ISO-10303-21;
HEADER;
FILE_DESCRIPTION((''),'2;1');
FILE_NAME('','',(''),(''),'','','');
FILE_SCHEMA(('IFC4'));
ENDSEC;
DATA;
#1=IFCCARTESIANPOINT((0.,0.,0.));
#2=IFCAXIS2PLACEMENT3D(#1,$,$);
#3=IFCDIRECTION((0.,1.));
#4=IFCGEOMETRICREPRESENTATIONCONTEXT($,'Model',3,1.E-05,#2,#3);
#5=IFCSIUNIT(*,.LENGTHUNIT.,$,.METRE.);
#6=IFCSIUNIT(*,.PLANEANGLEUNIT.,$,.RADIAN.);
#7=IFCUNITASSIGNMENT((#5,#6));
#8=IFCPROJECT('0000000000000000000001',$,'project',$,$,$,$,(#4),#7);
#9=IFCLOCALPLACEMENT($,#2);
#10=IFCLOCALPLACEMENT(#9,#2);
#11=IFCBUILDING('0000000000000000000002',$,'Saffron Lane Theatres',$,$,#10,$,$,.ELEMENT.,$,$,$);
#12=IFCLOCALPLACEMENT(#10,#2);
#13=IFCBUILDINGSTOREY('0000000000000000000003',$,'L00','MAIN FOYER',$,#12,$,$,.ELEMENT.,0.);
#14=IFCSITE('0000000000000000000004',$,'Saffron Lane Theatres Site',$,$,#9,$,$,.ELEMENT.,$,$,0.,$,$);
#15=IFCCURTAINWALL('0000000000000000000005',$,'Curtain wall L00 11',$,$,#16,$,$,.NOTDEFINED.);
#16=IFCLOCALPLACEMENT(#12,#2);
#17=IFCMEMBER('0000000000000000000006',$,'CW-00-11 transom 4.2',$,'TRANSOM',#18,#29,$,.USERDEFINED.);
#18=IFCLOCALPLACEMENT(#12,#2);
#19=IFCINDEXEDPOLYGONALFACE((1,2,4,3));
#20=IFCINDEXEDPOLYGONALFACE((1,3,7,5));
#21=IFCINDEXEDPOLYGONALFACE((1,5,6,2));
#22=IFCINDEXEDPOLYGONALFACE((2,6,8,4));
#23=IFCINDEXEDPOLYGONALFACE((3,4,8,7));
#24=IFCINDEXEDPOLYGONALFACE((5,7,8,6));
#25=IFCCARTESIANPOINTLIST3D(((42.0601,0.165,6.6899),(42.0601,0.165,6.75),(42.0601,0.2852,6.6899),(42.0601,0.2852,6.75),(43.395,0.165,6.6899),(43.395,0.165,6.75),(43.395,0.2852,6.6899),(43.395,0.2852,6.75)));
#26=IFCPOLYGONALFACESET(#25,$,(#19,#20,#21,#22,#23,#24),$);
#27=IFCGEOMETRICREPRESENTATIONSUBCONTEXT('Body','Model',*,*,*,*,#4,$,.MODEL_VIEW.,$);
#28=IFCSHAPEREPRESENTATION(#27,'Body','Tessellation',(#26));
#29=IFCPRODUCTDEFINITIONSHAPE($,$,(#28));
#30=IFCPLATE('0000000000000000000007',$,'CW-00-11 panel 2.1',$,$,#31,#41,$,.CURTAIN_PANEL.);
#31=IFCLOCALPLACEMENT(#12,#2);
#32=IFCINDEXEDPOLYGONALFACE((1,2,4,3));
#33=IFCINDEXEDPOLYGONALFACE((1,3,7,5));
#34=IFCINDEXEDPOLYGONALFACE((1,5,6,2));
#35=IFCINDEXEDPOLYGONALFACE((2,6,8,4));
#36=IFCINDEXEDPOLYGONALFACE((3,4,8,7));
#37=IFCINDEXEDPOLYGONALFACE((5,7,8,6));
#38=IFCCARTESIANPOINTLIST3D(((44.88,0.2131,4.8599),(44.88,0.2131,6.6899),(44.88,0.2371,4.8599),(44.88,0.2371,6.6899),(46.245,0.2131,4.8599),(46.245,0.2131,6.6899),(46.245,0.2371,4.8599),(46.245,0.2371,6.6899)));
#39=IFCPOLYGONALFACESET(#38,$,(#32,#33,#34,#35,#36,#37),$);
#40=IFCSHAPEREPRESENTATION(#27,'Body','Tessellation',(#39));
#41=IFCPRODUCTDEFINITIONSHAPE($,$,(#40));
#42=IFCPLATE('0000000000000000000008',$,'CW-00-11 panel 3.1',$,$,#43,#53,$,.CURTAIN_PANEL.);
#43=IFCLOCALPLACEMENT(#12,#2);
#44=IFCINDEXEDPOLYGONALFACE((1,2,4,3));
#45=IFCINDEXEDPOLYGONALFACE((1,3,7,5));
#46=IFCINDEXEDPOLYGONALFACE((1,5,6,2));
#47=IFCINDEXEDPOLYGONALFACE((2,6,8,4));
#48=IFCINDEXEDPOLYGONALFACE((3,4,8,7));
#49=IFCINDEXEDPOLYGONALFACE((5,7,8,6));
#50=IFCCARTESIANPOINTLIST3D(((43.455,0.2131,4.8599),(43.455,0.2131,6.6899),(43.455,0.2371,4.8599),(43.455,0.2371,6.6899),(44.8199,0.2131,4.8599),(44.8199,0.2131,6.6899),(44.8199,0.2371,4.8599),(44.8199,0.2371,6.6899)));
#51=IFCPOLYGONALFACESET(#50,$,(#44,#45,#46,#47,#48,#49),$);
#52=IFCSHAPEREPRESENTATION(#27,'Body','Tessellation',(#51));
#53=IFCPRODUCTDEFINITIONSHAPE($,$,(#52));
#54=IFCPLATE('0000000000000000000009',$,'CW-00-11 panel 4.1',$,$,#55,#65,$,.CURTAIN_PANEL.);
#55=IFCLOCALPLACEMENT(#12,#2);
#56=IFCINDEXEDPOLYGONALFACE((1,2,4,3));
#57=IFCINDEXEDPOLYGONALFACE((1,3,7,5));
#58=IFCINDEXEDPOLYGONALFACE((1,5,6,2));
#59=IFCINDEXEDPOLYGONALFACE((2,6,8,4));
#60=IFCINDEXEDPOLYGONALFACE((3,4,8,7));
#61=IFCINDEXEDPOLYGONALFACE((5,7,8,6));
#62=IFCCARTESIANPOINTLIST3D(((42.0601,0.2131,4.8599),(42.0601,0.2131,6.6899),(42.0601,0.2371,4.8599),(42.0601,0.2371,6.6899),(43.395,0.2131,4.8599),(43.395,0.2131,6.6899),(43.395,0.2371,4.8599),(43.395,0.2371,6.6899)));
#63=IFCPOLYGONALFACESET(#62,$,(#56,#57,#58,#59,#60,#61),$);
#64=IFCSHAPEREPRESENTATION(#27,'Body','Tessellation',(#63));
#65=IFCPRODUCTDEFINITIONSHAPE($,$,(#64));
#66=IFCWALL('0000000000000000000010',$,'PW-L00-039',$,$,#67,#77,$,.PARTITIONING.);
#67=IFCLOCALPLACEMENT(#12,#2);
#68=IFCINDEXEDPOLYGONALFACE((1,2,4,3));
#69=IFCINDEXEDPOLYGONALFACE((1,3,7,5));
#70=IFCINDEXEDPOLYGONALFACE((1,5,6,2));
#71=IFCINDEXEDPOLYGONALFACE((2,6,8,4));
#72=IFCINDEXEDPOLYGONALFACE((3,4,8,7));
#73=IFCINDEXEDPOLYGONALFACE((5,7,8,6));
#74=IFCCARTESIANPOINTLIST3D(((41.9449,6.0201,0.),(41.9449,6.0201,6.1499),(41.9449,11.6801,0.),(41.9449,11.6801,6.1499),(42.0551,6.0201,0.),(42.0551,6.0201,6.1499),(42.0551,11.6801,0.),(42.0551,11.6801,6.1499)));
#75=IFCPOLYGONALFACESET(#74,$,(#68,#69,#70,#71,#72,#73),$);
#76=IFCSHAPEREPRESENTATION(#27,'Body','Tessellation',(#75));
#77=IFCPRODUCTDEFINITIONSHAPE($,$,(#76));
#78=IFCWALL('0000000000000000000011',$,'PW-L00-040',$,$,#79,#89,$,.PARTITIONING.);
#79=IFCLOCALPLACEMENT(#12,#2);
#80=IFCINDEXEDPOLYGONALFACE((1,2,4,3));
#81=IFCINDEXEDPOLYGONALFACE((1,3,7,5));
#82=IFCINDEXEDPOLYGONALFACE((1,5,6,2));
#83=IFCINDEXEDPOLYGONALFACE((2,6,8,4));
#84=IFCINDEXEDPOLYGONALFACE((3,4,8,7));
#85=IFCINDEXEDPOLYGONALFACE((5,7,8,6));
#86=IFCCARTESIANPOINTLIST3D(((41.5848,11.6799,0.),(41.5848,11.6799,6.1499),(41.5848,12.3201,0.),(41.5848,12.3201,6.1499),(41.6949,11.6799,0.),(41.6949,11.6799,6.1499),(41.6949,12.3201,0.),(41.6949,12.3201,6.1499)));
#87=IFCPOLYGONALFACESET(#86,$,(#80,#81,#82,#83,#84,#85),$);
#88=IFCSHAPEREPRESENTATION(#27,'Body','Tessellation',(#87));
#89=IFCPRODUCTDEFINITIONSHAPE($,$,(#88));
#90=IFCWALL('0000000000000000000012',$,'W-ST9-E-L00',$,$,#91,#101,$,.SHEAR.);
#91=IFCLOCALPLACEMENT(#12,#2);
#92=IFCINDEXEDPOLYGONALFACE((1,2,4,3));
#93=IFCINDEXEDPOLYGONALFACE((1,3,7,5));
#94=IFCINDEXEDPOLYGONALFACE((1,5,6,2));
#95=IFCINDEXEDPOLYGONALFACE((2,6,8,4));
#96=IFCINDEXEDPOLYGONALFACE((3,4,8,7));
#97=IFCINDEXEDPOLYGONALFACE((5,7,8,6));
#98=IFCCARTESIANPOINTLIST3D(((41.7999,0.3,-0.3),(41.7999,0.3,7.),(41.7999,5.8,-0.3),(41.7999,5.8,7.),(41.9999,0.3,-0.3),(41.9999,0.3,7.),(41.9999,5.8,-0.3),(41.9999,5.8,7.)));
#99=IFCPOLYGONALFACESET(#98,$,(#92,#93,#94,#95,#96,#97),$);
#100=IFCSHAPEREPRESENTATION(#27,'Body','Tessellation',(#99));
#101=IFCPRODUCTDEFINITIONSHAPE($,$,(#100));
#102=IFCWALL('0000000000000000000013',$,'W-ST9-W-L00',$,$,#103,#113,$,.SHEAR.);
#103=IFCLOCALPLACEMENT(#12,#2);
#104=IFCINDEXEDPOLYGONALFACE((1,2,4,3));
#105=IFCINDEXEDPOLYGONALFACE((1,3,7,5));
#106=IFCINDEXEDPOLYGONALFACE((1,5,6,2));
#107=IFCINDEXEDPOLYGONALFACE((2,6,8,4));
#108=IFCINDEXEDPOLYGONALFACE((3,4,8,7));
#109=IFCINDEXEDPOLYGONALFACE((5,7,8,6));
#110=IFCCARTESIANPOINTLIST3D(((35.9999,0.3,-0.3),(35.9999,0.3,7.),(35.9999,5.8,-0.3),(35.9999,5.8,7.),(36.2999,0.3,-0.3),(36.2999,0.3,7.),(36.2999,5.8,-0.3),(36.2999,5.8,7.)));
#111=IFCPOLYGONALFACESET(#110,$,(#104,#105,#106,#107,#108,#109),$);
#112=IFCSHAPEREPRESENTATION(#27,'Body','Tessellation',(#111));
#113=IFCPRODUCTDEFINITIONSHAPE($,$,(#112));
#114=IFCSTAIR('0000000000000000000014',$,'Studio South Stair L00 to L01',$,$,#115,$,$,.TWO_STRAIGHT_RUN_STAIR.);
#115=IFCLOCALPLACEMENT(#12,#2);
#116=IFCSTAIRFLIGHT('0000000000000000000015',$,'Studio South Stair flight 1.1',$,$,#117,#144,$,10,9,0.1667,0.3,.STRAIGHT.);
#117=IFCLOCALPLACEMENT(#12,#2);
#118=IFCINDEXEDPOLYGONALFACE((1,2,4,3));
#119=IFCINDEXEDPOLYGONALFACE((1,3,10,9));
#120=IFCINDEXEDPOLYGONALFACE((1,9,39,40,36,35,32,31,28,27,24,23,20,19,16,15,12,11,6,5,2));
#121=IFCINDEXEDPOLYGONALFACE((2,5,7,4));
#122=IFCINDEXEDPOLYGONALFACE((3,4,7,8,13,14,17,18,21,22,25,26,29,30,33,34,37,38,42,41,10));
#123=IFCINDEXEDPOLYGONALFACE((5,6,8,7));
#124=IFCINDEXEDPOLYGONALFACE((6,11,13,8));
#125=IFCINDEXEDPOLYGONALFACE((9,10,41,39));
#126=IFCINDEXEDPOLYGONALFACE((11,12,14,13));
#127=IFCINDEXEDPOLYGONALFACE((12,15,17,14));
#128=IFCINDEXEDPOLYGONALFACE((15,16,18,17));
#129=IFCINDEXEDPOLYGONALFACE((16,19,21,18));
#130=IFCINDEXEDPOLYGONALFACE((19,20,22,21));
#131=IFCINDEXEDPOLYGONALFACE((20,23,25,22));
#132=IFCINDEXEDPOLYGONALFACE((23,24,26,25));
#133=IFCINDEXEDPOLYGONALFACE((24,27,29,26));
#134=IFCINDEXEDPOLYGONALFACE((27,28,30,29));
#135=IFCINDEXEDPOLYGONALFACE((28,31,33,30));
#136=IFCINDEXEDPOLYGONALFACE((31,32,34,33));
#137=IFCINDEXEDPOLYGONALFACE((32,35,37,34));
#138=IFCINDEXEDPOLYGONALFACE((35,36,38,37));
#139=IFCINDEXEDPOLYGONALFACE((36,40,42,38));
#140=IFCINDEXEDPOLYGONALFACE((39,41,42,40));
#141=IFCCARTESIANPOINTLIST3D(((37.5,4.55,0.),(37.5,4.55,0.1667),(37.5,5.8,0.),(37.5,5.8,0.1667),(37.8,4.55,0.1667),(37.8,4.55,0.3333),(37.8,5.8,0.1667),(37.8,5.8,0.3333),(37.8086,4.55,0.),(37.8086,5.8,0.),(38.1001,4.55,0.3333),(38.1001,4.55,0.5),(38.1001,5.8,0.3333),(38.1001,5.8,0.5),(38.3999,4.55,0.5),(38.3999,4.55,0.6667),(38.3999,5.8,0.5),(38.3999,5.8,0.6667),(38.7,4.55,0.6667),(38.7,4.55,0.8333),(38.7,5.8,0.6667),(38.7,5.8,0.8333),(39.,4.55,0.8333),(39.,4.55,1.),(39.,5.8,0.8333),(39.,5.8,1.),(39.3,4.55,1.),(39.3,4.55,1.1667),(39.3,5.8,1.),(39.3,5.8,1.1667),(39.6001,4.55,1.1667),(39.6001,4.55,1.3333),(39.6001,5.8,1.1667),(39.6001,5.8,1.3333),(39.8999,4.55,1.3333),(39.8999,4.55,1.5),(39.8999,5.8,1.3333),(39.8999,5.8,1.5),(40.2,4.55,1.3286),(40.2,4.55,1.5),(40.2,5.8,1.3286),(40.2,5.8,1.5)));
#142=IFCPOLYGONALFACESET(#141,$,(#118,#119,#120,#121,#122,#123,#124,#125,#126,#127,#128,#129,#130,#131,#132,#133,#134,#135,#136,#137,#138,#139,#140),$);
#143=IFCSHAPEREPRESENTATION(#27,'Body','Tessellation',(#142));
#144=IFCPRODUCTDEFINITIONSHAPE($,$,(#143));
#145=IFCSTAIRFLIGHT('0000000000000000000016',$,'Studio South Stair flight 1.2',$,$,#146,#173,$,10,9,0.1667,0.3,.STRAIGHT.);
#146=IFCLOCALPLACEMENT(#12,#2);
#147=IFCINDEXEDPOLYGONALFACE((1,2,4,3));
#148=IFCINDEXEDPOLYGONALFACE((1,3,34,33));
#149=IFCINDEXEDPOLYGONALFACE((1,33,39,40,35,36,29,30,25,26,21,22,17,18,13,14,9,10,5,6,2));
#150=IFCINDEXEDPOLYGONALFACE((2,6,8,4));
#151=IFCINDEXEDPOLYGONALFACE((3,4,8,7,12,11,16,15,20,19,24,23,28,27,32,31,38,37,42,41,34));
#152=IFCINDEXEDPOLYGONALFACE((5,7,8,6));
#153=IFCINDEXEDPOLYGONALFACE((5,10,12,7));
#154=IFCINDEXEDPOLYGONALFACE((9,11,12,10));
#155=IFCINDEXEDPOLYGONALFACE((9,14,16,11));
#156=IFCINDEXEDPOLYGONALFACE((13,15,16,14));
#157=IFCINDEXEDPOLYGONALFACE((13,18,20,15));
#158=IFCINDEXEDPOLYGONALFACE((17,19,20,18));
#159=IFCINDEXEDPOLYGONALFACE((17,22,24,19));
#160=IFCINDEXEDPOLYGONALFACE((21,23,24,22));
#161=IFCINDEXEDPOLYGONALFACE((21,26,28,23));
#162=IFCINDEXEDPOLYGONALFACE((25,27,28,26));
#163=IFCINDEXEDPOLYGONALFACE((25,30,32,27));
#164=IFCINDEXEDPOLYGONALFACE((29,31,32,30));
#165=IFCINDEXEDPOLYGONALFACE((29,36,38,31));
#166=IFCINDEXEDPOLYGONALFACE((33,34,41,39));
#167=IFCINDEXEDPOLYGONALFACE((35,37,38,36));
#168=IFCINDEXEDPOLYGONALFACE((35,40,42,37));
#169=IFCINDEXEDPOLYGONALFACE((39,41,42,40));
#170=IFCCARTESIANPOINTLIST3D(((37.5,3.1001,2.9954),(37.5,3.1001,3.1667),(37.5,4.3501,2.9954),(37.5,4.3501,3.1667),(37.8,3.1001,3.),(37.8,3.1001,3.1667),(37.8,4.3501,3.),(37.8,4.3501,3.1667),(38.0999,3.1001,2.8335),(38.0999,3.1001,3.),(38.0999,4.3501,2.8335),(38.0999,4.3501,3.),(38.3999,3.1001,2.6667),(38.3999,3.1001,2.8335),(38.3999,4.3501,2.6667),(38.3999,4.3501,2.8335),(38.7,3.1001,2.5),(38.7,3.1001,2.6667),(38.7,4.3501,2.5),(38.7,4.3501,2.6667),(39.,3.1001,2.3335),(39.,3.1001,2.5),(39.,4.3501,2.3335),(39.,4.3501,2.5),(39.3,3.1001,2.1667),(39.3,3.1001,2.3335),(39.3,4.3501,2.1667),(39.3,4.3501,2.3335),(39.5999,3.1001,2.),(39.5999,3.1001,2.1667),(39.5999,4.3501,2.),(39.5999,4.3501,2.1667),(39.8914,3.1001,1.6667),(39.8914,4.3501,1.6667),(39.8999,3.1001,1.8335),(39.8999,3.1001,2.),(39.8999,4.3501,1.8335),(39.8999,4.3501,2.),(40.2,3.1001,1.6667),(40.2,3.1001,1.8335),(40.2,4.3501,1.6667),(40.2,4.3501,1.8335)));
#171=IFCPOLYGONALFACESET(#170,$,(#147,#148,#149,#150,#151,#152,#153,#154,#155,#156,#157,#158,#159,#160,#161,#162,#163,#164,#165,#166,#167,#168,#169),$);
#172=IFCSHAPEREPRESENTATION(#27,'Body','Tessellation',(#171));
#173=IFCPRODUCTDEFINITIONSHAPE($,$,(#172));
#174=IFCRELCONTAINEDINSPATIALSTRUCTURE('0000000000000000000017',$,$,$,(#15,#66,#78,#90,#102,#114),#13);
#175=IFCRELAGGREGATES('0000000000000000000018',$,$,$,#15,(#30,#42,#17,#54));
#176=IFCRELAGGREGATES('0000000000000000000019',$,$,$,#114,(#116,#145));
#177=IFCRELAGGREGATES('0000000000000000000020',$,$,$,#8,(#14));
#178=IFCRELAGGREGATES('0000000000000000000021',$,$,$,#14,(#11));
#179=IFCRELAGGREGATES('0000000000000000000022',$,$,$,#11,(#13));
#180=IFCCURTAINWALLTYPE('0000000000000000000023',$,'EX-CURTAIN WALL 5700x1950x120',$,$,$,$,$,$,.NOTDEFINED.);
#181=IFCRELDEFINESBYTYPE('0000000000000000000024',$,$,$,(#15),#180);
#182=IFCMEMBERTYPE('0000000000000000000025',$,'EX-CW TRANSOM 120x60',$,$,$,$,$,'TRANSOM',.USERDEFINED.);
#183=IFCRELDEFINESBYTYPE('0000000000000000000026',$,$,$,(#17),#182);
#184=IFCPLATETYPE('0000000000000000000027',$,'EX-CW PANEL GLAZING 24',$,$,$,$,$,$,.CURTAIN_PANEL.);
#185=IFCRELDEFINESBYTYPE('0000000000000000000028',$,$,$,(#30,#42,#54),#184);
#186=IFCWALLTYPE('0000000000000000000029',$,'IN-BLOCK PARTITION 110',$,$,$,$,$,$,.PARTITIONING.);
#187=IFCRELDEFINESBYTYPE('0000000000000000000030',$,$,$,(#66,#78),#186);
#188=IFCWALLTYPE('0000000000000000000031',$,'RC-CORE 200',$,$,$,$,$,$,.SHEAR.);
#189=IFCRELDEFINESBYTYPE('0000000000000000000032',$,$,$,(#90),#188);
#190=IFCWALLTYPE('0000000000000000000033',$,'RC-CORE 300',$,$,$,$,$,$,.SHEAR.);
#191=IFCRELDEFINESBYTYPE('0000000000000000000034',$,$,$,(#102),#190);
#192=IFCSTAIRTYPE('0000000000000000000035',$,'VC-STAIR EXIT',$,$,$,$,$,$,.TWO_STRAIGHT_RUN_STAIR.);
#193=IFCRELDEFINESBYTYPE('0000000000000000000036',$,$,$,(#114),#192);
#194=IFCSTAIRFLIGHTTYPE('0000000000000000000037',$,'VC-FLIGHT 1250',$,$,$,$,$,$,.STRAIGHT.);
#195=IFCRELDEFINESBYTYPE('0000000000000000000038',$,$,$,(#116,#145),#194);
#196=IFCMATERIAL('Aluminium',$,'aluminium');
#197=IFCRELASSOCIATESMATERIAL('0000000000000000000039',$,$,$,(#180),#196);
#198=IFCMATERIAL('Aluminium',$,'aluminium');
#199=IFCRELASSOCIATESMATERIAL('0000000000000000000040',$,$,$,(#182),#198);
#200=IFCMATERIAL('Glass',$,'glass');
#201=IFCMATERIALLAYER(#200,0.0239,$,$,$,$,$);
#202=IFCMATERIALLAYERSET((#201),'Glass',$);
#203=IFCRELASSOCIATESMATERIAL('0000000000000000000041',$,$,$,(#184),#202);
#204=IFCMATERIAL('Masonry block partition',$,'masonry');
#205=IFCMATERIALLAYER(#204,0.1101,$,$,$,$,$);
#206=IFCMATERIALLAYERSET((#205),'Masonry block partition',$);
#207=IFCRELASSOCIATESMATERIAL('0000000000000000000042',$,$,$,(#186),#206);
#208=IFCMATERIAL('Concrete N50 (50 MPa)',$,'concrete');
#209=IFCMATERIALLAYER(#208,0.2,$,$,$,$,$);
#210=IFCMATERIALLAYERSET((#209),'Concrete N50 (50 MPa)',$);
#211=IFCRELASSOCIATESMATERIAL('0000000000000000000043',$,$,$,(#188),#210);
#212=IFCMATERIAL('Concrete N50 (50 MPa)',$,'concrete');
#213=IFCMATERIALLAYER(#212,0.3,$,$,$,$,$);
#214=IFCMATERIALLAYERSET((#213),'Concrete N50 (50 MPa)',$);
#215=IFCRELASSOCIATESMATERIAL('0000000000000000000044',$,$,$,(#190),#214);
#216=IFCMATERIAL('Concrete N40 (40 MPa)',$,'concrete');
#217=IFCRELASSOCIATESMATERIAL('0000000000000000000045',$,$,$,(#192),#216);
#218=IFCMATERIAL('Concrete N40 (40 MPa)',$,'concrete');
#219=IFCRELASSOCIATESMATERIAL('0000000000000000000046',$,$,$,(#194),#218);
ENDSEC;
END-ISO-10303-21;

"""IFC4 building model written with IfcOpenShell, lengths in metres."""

from ifc_helpers import new_model, si_unit, direction, frame, frame_2d, origin, origin_2d, place, context, subcontext, project, spatial, polyline, rectangle, outline, extrude, material, layer, layer_set, material_profile, profile_set, type_object, element, aggregate, save


model = new_model("IFC4")

# Units and contexts
model_context = context("Model", 3, precision=1e-05, world=origin(), true_north=direction((0.0, 1.0)))
body_context = subcontext(model_context, "Body", "Model", "MODEL_VIEW")
ifc_project = project(units=[si_unit("LENGTHUNIT", "METRE"), si_unit("PLANEANGLEUNIT", "RADIAN")], contexts=[model_context])

# Site, building, storey
site_placement = place(None, origin())
site = spatial("IfcSite", under=ifc_project, at=site_placement, Name="Saffron Lane Theatres Site", CompositionType="ELEMENT", RefElevation=0.0)
building_placement = place(site_placement, origin())
building = spatial("IfcBuilding", under=site, at=building_placement, Name="Saffron Lane Theatres", CompositionType="ELEMENT")
storey_placement = place(building_placement, origin())
storey = spatial("IfcBuildingStorey", under=building, at=storey_placement, Name="L00", Description="MAIN FOYER", CompositionType="ELEMENT", Elevation=0.0)

# Curtain wall, member, plates
ifc_material_1 = material(Name="Aluminium", Category="aluminium")
curtain_wall_type = type_object("IfcCurtainWallType", Name="EX-CURTAIN WALL 5700x1950x120", PredefinedType="NOTDEFINED", material=ifc_material_1)
curtain_wall_placement = place(storey_placement, origin())
curtain_wall = element("IfcCurtainWall", 1, at=curtain_wall_placement, inside=storey, type_object=curtain_wall_type, Name="Curtain wall L00 11", PredefinedType="NOTDEFINED")
ifc_material_2 = material(Name="Aluminium", Category="aluminium")
ifc_material_profile_1 = material_profile(ifc_material_2, rectangle(XDim=0.1201, YDim=0.0601, at=origin_2d()))
ifc_profile_set_1 = profile_set([ifc_material_profile_1], Name="Aluminium")
member_type_1 = type_object("IfcMemberType", Name="EX-CW TRANSOM 120x60", ElementType="TRANSOM", PredefinedType="USERDEFINED", material=ifc_profile_set_1)
member_1_placement = place(storey_placement, frame((43.395, 0.2251, 6.72), z_axis=(-1.0, 0.0, 0.0), x_axis=(0.0, -1.0, 0.0)))
member_1 = element("IfcMember", 2, at=member_1_placement, type_object=member_type_1, Name="CW-00-11 transom 4.2", ObjectType="TRANSOM", PredefinedType="USERDEFINED", context=body_context, shape_type="SweptSolid", body=[
    extrude(rectangle(XDim=0.1201, YDim=0.0601, at=origin_2d()), origin(), (0.0, 0.0, 1.0), 1.335),
])
ifc_material_3 = material(Name="Glass", Category="glass")
ifc_layer_1 = layer(ifc_material_3, 0.0239)
ifc_layer_set_1 = layer_set([ifc_layer_1], Name="Glass")
plate_type = type_object("IfcPlateType", Name="EX-CW PANEL GLAZING 24", PredefinedType="CURTAIN_PANEL", material=ifc_layer_set_1)
plate_1_placement = place(storey_placement, frame((45.5625, 0.2251, 4.8599), z_axis=(0.0, 0.0, 1.0), x_axis=(-1.0, 0.0, 0.0)))
plate_1 = element("IfcPlate", 3, at=plate_1_placement, type_object=plate_type, Name="CW-00-11 panel 2.1", PredefinedType="CURTAIN_PANEL", context=body_context, shape_type="SweptSolid", body=[
    extrude(rectangle(XDim=1.365, YDim=0.0239, at=origin_2d()), origin(), (0.0, 0.0, 1.0), 1.8301),
])
plate_2_placement = place(storey_placement, frame((44.1375, 0.2251, 4.8599), z_axis=(0.0, 0.0, 1.0), x_axis=(-1.0, 0.0, 0.0)))
plate_2 = element("IfcPlate", 4, at=plate_2_placement, type_object=plate_type, Name="CW-00-11 panel 3.1", PredefinedType="CURTAIN_PANEL", context=body_context, shape_type="SweptSolid", body=[
    extrude(rectangle(XDim=1.365, YDim=0.0239, at=origin_2d()), origin(), (0.0, 0.0, 1.0), 1.8301),
])
plate_3_placement = place(storey_placement, frame((42.7275, 0.2251, 4.8599), z_axis=(0.0, 0.0, 1.0), x_axis=(-1.0, 0.0, 0.0)))
plate_3 = element("IfcPlate", 5, at=plate_3_placement, type_object=plate_type, Name="CW-00-11 panel 4.1", PredefinedType="CURTAIN_PANEL", context=body_context, shape_type="SweptSolid", body=[
    extrude(rectangle(XDim=1.335, YDim=0.0239, at=origin_2d()), origin(), (0.0, 0.0, 1.0), 1.8301),
])
aggregate(curtain_wall, [plate_1, plate_2, member_1, plate_3])

# Walls
ifc_material_4 = material(Name="Masonry block partition", Category="masonry")
ifc_layer_2 = layer(ifc_material_4, 0.1101)
ifc_layer_set_2 = layer_set([ifc_layer_2], Name="Masonry block partition")
wall_type_1 = type_object("IfcWallType", Name="IN-BLOCK PARTITION 110", PredefinedType="PARTITIONING", material=ifc_layer_set_2)
wall_1_placement = place(storey_placement, frame((42.0, 6.02, 0.0), z_axis=(0.0, 0.0, 1.0), x_axis=(0.0, 1.0, 0.0)))
element("IfcWall", 6, at=wall_1_placement, inside=storey, type_object=wall_type_1, Name="PW-L00-039", PredefinedType="PARTITIONING", context=body_context, shape_type="SweptSolid", body=[
    extrude(rectangle(XDim=5.6599, YDim=0.1101, at=frame_2d((2.8301, 0.0))), origin(), (0.0, 0.0, 1.0), 6.1499),
])
wall_2_placement = place(storey_placement, frame((41.6399, 11.6799, 0.0), z_axis=(0.0, 0.0, 1.0), x_axis=(0.0, 1.0, 0.0)))
element("IfcWall", 7, at=wall_2_placement, inside=storey, type_object=wall_type_1, Name="PW-L00-040", PredefinedType="PARTITIONING", context=body_context, shape_type="SweptSolid", body=[
    extrude(rectangle(XDim=0.6401, YDim=0.1101, at=frame_2d((0.3201, 0.0))), origin(), (0.0, 0.0, 1.0), 6.1499),
])
ifc_material_5 = material(Name="Concrete N50 (50 MPa)", Category="concrete")
ifc_layer_3 = layer(ifc_material_5, 0.2)
ifc_layer_set_3 = layer_set([ifc_layer_3], Name="Concrete N50 (50 MPa)")
wall_type_2 = type_object("IfcWallType", Name="RC-CORE 200", PredefinedType="SHEAR", material=ifc_layer_set_3)
wall_3_placement = place(storey_placement, frame((41.8999, 0.3, -0.3), z_axis=(0.0, 0.0, 1.0), x_axis=(0.0, 1.0, 0.0)))
element("IfcWall", 8, at=wall_3_placement, inside=storey, type_object=wall_type_2, Name="W-ST9-E-L00", PredefinedType="SHEAR", context=body_context, shape_type="SweptSolid", body=[
    extrude(rectangle(XDim=5.5, YDim=0.2, at=frame_2d((2.75, 0.0))), origin(), (0.0, 0.0, 1.0), 7.3),
])
ifc_material_6 = material(Name="Concrete N50 (50 MPa)", Category="concrete")
ifc_layer_4 = layer(ifc_material_6, 0.3)
ifc_layer_set_4 = layer_set([ifc_layer_4], Name="Concrete N50 (50 MPa)")
wall_type_3 = type_object("IfcWallType", Name="RC-CORE 300", PredefinedType="SHEAR", material=ifc_layer_set_4)
wall_4_placement = place(storey_placement, frame((36.1499, 0.3, -0.3), z_axis=(0.0, 0.0, 1.0), x_axis=(0.0, 1.0, 0.0)))
element("IfcWall", 9, at=wall_4_placement, inside=storey, type_object=wall_type_3, Name="W-ST9-W-L00", PredefinedType="SHEAR", context=body_context, shape_type="SweptSolid", body=[
    extrude(rectangle(XDim=5.5, YDim=0.3, at=frame_2d((2.75, 0.0))), origin(), (0.0, 0.0, 1.0), 7.3),
])

# Stair, stair flights
ifc_material_7 = material(Name="Concrete N40 (40 MPa)", Category="concrete")
stair_type = type_object("IfcStairType", Name="VC-STAIR EXIT", PredefinedType="TWO_STRAIGHT_RUN_STAIR", material=ifc_material_7)
stair_placement = place(storey_placement, origin())
stair = element("IfcStair", 10, at=stair_placement, inside=storey, type_object=stair_type, Name="Studio South Stair L00 to L01", PredefinedType="TWO_STRAIGHT_RUN_STAIR")
ifc_material_8 = material(Name="Concrete N40 (40 MPa)", Category="concrete")
stair_flight_type = type_object("IfcStairFlightType", Name="VC-FLIGHT 1250", PredefinedType="STRAIGHT", material=ifc_material_8)
stair_flight_1_placement = place(storey_placement, frame((37.5, 5.175, 0.0), z_axis=(0.0, 0.0, 1.0), x_axis=(1.0, 0.0, 0.0)))
stair_flight_1 = element("IfcStairFlight", 11, at=stair_flight_1_placement, type_object=stair_flight_type, Name="Studio South Stair flight 1.1", NumberOfRisers=10, NumberOfTreads=9, PredefinedType="STRAIGHT", RiserHeight=0.1667, TreadLength=0.3, context=body_context, shape_type="SweptSolid", body=[
    extrude(outline(polyline([(0.0, 0.0), (0.0, 0.1667), (0.3, 0.1667), (0.3, 0.3333), (0.6001, 0.3333), (0.6001, 0.5), (0.8999, 0.5), (0.8999, 0.6667), (1.2, 0.6667), (1.2, 0.8333), (1.5, 0.8333), (1.5, 1.0), (1.8, 1.0), (1.8, 1.1667), (2.1001, 1.1667), (2.1001, 1.3333), (2.3999, 1.3333), (2.3999, 1.5), (2.7, 1.5), (2.7, 1.6667), (2.7, 1.3286), (0.3086, 0.0), (0.0, 0.0)])), frame((0.0, 0.625, 0.0), z_axis=(0.0, -1.0, 0.0), x_axis=(1.0, 0.0, 0.0)), (0.0, 0.0, 1.0), 1.25),
])
stair_flight_2_placement = place(storey_placement, frame((40.2, 3.7251, 1.6667), z_axis=(0.0, 0.0, 1.0), x_axis=(-1.0, 0.0, 0.0)))
stair_flight_2 = element("IfcStairFlight", 12, at=stair_flight_2_placement, type_object=stair_flight_type, Name="Studio South Stair flight 1.2", NumberOfRisers=10, NumberOfTreads=9, PredefinedType="STRAIGHT", RiserHeight=0.1667, TreadLength=0.3, context=body_context, shape_type="SweptSolid", body=[
    extrude(outline(polyline([(0.0, 0.0), (0.0, 0.1667), (0.3, 0.1667), (0.3, 0.3333), (0.6001, 0.3333), (0.6001, 0.5), (0.8999, 0.5), (0.8999, 0.6667), (1.2, 0.6667), (1.2, 0.8333), (1.5, 0.8333), (1.5, 1.0), (1.8, 1.0), (1.8, 1.1667), (2.1001, 1.1667), (2.1001, 1.3333), (2.3999, 1.3333), (2.3999, 1.5), (2.7, 1.5), (2.7, 1.6667), (2.7, 1.3286), (0.3086, 0.0), (0.0, 0.0)])), frame((0.0, 0.625, 0.0), z_axis=(0.0, -1.0, 0.0), x_axis=(1.0, 0.0, 0.0)), (0.0, 0.0, 1.0), 1.25),
])
aggregate(stair, [stair_flight_1, stair_flight_2])

save(model, "model.ifc")
